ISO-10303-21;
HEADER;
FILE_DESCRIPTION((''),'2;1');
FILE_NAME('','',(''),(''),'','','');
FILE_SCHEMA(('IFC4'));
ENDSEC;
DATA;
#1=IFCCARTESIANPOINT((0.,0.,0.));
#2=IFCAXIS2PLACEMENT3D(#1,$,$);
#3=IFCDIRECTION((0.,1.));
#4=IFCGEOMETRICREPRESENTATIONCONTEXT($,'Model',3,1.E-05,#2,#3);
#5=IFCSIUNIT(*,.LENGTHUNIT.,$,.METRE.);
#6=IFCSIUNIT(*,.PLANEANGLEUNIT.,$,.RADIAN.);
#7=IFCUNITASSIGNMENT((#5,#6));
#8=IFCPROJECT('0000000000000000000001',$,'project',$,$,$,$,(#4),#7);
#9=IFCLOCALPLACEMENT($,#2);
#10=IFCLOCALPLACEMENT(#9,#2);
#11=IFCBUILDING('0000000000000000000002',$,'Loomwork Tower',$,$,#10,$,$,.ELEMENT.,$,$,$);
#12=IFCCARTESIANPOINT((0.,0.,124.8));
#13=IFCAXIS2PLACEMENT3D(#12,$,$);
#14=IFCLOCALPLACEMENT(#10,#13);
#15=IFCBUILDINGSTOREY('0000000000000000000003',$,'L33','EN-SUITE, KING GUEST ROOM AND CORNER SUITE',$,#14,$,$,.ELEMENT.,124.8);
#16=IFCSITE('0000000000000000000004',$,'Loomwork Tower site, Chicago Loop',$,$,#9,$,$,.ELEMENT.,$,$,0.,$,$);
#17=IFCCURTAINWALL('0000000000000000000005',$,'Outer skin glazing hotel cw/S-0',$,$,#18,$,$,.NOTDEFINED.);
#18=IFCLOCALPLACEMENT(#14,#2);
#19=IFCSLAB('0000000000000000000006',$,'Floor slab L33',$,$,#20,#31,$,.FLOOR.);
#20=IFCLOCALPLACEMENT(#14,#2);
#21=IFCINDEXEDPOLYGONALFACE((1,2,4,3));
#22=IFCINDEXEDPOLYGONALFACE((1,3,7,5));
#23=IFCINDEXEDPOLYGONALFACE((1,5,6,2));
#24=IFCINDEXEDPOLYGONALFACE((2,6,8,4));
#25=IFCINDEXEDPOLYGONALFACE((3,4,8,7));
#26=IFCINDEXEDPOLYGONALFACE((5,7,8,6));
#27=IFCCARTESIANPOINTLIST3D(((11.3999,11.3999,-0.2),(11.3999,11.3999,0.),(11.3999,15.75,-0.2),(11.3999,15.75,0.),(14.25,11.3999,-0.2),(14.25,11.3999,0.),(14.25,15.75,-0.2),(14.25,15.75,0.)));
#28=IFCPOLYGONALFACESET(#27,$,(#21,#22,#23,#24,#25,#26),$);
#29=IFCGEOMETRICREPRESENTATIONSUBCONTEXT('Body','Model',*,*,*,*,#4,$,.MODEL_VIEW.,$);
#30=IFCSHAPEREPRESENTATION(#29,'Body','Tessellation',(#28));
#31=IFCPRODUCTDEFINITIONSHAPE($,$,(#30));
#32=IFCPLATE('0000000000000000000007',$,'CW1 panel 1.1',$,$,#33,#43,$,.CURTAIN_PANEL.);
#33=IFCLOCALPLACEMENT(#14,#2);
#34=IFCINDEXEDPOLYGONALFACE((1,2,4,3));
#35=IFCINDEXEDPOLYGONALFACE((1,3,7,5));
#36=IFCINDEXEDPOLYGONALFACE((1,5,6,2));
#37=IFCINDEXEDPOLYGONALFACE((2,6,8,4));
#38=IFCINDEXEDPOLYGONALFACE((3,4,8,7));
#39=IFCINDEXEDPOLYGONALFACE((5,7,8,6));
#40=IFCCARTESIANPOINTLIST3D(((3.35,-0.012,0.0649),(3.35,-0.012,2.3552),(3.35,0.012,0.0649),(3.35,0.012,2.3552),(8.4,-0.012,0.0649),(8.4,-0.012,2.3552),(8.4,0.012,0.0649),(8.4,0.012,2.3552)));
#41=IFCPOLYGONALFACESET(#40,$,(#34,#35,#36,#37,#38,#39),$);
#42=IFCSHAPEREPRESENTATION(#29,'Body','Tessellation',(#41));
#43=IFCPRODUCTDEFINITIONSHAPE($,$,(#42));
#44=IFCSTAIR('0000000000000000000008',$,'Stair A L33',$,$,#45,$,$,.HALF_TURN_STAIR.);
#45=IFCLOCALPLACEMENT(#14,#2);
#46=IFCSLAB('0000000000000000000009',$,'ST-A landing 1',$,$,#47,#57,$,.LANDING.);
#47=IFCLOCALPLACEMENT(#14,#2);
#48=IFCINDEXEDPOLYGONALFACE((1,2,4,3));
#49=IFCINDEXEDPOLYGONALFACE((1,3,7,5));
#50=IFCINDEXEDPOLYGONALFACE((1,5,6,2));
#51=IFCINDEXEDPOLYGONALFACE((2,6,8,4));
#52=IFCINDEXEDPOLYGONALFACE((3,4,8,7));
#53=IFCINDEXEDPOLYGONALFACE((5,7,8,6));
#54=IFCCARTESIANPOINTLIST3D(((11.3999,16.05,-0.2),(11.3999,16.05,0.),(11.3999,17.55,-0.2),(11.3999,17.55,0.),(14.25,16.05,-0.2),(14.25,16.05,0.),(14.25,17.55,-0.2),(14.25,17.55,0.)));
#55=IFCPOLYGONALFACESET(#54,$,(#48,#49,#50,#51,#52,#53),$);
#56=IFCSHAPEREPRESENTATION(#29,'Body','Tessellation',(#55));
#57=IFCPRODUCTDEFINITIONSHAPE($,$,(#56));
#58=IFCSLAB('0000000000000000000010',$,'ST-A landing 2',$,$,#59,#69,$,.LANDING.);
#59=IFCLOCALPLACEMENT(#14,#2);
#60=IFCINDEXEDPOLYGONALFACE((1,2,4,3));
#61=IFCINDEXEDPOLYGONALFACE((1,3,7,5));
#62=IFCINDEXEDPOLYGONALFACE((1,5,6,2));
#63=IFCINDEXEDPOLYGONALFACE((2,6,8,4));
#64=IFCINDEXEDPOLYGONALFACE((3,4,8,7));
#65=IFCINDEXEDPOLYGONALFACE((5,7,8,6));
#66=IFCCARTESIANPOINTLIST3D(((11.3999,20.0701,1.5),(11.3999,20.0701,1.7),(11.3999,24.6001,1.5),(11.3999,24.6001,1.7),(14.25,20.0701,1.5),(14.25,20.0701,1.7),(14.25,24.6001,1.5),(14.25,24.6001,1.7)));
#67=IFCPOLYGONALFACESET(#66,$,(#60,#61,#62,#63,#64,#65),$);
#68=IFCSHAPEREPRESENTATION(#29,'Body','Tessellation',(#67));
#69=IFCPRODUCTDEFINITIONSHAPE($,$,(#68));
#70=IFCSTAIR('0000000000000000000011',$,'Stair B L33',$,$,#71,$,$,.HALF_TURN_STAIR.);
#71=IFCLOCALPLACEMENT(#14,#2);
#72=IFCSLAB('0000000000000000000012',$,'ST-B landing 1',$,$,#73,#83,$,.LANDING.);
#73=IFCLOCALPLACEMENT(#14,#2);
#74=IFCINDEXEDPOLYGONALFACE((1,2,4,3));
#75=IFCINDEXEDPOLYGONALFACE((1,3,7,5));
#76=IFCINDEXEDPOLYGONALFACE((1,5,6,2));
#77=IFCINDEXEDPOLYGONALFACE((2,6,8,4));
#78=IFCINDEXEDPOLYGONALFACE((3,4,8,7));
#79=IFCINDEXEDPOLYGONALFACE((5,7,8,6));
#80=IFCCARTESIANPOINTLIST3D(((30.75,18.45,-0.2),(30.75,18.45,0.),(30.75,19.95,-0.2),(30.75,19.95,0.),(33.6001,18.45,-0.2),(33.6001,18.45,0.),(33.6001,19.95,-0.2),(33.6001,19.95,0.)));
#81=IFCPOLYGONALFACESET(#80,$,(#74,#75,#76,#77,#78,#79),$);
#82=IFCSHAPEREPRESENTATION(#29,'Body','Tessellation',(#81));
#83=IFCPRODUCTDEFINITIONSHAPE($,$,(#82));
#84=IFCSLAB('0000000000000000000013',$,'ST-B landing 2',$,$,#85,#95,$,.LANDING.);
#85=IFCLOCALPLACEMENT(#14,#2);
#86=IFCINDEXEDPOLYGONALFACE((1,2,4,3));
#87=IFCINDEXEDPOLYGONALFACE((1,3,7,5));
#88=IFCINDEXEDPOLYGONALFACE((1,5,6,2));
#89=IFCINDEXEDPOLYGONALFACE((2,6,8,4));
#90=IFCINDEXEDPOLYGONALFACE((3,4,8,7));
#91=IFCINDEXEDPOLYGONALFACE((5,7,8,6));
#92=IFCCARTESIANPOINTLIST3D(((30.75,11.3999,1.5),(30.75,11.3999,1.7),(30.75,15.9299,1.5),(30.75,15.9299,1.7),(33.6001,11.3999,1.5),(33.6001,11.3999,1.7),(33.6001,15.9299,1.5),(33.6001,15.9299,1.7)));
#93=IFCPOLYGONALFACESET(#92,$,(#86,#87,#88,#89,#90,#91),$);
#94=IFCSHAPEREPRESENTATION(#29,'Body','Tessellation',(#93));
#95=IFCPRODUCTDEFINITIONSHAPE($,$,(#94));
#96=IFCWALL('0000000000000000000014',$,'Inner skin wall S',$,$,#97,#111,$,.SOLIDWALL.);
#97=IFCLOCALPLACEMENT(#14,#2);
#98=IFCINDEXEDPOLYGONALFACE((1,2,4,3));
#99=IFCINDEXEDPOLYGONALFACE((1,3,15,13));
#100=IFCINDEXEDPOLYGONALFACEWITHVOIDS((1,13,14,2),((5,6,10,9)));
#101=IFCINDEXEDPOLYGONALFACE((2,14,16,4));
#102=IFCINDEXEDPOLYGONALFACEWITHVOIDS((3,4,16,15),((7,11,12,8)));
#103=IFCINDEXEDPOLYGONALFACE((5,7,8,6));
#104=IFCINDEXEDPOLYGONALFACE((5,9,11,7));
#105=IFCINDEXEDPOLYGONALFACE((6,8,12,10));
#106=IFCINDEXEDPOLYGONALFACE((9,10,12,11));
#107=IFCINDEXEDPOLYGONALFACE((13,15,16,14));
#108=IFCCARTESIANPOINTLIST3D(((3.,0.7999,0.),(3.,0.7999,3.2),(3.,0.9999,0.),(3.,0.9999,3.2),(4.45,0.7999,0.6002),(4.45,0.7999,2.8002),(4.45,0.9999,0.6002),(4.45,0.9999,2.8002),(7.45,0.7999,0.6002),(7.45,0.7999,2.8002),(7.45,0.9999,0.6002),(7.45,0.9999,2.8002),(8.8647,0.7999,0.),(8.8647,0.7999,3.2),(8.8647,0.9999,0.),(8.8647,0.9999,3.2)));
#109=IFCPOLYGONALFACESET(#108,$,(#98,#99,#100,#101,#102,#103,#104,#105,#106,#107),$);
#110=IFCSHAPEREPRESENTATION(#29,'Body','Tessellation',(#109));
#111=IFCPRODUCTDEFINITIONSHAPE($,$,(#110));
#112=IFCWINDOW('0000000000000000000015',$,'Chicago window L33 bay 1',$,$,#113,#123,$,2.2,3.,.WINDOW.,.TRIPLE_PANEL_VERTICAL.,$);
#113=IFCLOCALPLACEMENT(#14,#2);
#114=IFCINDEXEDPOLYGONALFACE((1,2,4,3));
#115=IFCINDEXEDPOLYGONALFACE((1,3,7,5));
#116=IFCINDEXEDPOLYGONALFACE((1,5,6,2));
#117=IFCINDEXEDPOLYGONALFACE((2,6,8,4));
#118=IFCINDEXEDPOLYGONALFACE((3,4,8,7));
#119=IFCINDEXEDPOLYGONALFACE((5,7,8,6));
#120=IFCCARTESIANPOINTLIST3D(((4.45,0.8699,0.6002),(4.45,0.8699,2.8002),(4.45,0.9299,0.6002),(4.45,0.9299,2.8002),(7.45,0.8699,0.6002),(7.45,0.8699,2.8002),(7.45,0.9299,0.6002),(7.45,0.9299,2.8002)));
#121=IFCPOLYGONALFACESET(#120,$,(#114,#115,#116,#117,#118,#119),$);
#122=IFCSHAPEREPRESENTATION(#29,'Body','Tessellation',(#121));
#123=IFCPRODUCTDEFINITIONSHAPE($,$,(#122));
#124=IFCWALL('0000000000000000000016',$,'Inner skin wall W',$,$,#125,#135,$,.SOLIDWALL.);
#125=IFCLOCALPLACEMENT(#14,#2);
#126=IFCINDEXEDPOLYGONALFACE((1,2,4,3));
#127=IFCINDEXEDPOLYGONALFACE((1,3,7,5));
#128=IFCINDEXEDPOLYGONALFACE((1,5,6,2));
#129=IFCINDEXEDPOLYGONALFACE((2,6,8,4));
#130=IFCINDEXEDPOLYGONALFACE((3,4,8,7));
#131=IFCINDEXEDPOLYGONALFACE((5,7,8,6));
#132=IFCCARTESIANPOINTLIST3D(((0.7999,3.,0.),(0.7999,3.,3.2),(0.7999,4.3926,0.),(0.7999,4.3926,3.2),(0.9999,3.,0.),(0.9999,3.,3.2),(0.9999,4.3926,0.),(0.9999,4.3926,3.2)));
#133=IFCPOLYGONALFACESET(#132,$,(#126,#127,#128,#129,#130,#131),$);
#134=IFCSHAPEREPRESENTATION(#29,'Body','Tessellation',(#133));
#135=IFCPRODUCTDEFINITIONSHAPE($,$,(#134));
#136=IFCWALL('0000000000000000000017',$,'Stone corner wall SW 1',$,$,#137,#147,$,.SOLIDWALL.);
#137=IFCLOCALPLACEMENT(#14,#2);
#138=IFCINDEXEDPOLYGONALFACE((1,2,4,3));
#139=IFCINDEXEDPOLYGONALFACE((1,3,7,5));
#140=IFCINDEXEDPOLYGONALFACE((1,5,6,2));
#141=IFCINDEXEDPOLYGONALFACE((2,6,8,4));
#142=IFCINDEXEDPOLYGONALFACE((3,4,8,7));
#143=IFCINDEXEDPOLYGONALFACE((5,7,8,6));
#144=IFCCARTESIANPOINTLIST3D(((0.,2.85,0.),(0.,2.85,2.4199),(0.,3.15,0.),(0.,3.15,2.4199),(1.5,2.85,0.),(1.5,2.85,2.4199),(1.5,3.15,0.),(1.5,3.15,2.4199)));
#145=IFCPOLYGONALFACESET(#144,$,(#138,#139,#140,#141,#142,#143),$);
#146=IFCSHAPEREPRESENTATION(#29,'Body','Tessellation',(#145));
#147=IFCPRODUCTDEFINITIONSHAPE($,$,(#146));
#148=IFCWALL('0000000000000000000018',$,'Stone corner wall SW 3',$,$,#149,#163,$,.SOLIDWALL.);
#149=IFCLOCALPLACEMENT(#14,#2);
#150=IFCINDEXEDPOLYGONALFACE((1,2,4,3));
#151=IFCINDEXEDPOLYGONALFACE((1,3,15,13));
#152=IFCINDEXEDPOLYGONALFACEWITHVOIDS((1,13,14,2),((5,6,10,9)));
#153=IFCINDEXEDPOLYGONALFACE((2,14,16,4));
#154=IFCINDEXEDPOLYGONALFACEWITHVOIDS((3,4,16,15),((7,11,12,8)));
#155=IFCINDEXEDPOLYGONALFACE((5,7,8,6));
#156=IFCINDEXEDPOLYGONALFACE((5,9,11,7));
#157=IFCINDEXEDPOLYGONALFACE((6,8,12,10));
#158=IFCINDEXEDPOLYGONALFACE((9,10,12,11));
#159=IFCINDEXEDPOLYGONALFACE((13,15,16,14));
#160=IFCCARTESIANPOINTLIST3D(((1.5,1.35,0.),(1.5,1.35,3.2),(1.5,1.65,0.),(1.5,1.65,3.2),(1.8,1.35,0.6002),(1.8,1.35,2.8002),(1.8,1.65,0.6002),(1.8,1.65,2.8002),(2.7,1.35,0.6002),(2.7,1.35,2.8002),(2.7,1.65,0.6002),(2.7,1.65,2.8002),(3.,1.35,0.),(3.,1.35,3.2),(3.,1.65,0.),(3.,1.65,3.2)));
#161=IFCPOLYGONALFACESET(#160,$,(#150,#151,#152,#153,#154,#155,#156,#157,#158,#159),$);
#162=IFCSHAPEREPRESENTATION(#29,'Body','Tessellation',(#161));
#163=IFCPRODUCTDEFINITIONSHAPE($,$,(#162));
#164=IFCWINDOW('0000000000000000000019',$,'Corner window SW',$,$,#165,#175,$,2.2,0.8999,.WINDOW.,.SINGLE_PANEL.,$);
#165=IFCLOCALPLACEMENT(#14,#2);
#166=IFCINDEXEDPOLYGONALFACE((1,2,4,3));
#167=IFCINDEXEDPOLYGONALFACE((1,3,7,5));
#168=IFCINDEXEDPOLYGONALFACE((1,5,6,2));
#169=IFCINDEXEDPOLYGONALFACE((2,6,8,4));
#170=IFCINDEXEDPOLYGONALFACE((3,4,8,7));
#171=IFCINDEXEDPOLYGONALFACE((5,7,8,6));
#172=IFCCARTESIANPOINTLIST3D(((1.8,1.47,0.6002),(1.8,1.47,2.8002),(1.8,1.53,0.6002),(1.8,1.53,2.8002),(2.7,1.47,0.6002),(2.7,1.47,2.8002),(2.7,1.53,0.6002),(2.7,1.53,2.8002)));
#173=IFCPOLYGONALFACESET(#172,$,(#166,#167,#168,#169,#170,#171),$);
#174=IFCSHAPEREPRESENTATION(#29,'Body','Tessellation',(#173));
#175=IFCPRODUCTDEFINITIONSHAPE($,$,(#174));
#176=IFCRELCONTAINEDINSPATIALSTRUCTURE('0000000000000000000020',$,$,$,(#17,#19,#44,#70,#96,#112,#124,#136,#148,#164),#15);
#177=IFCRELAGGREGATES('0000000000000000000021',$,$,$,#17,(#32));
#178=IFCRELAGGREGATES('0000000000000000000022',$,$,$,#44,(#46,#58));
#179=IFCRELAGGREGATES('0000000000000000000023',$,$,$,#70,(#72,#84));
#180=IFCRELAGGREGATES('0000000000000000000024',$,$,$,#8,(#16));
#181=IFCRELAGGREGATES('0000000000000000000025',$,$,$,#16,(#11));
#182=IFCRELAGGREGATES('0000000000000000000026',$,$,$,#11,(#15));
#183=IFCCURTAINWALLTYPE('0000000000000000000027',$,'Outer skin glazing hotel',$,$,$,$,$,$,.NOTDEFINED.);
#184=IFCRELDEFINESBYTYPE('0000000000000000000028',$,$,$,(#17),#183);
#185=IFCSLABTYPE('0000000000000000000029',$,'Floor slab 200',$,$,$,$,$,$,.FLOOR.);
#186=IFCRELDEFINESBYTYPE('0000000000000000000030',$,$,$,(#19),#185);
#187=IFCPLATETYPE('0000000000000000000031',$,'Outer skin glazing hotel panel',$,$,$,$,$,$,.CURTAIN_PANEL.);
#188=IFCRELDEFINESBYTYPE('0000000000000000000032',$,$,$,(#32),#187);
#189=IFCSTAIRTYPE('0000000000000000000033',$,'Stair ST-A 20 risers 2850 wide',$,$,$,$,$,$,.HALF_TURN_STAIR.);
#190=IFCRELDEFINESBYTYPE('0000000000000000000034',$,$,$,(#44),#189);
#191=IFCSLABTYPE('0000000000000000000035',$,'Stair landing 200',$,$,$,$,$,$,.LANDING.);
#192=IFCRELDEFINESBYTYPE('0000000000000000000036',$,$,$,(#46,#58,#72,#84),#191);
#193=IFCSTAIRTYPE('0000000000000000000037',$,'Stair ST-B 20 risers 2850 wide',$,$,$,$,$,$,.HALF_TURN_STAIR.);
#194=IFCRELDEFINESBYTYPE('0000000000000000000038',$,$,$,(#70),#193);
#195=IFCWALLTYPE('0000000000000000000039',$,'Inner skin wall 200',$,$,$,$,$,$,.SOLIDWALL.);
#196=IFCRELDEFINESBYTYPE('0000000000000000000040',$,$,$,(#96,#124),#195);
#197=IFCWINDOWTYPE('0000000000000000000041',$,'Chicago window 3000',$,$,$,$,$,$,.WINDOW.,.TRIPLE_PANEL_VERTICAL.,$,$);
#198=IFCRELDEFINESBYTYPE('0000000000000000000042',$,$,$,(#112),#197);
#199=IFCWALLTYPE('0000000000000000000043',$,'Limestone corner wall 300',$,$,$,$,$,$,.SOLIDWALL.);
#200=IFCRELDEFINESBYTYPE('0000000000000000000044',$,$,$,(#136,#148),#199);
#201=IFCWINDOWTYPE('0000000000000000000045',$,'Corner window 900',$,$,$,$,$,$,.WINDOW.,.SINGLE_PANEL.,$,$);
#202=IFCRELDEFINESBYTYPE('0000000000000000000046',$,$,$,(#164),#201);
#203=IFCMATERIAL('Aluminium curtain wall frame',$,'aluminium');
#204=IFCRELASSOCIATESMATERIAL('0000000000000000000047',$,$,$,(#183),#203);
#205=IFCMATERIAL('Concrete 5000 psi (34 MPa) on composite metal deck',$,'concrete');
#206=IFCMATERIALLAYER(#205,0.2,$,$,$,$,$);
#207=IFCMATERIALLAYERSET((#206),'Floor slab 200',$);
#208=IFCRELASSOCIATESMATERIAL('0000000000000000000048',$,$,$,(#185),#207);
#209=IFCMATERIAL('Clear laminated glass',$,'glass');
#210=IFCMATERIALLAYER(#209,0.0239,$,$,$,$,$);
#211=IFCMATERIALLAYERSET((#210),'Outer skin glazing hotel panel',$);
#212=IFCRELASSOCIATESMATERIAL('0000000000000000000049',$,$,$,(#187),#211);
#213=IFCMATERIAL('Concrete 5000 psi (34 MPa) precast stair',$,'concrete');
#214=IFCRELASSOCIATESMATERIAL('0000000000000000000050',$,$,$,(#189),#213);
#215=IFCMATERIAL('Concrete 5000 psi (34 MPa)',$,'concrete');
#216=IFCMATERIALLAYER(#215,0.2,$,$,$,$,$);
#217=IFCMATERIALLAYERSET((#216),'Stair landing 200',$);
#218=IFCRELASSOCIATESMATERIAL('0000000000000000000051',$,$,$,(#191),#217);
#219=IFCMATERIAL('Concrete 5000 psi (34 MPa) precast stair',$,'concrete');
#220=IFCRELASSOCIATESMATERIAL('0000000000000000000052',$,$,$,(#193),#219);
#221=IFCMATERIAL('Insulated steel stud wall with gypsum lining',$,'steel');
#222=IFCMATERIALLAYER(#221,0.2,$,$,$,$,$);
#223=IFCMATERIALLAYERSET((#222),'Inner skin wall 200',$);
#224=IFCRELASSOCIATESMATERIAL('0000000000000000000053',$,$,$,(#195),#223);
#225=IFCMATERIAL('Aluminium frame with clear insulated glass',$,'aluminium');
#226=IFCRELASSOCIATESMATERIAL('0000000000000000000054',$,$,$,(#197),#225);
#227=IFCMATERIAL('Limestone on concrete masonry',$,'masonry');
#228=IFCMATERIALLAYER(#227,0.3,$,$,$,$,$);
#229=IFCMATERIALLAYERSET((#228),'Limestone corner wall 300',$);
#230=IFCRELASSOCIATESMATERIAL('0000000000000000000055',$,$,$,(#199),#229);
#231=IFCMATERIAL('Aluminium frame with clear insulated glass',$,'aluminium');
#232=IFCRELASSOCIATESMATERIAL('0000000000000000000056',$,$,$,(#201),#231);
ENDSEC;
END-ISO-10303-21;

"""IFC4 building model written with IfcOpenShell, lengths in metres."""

from ifc_helpers import new_model, si_unit, direction, frame, frame_2d, origin, origin_2d, place, context, subcontext, project, spatial, polyline, rectangle, outline, extrude, material, layer, layer_set, type_object, element, fill, aggregate, save


model = new_model("IFC4")

# Units and contexts
model_context = context("Model", 3, precision=1e-05, world=origin(), true_north=direction((0.0, 1.0)))
body_context = subcontext(model_context, "Body", "Model", "MODEL_VIEW")
ifc_project = project(units=[si_unit("LENGTHUNIT", "METRE"), si_unit("PLANEANGLEUNIT", "RADIAN")], contexts=[model_context])

# Site, building, storey
site_placement = place(None, origin())
site = spatial("IfcSite", under=ifc_project, at=site_placement, Name="Loomwork Tower site, Chicago Loop", CompositionType="ELEMENT", RefElevation=0.0)
building_placement = place(site_placement, origin())
building = spatial("IfcBuilding", under=site, at=building_placement, Name="Loomwork Tower", CompositionType="ELEMENT")
storey_placement = place(building_placement, frame((0.0, 0.0, 124.8)))
storey = spatial("IfcBuildingStorey", under=building, at=storey_placement, Name="L33", Description="EN-SUITE, KING GUEST ROOM AND CORNER SUITE", CompositionType="ELEMENT", Elevation=124.8)

# Curtain wall
ifc_material_1 = material(Name="Aluminium curtain wall frame", Category="aluminium")
curtain_wall_type = type_object("IfcCurtainWallType", Name="Outer skin glazing hotel", PredefinedType="NOTDEFINED", material=ifc_material_1)
curtain_wall_placement = place(storey_placement, origin())
curtain_wall = element("IfcCurtainWall", 1, at=curtain_wall_placement, inside=storey, type_object=curtain_wall_type, Name="Outer skin glazing hotel cw/S-0", PredefinedType="NOTDEFINED")

# Slab
ifc_material_2 = material(Name="Concrete 5000 psi (34 MPa) on composite metal deck", Category="concrete")
ifc_layer_1 = layer(ifc_material_2, 0.2)
ifc_layer_set_1 = layer_set([ifc_layer_1], Name="Floor slab 200")
slab_type_1 = type_object("IfcSlabType", Name="Floor slab 200", PredefinedType="FLOOR", material=ifc_layer_set_1)
slab_1_placement = place(storey_placement, frame((0.0, 0.0, -0.2)))
element("IfcSlab", 2, at=slab_1_placement, inside=storey, type_object=slab_type_1, Name="Floor slab L33", PredefinedType="FLOOR", context=body_context, shape_type="SweptSolid", body=[
    extrude(outline(polyline([(14.25, 15.75), (14.25, 11.3999), (11.3999, 11.3999), (11.3999, 15.75), (14.25, 15.75)])), origin(), (0.0, 0.0, 1.0), 0.2),
])

# Plate
ifc_material_3 = material(Name="Clear laminated glass", Category="glass")
ifc_layer_2 = layer(ifc_material_3, 0.0239)
ifc_layer_set_2 = layer_set([ifc_layer_2], Name="Outer skin glazing hotel panel")
plate_type = type_object("IfcPlateType", Name="Outer skin glazing hotel panel", PredefinedType="CURTAIN_PANEL", material=ifc_layer_set_2)
plate_placement = place(storey_placement, frame((5.875, 0.0, 0.0649), z_axis=(0.0, 0.0, 1.0), x_axis=(1.0, 0.0, 0.0)))
plate = element("IfcPlate", 3, at=plate_placement, type_object=plate_type, Name="CW1 panel 1.1", PredefinedType="CURTAIN_PANEL", context=body_context, shape_type="SweptSolid", body=[
    extrude(rectangle(XDim=5.05, YDim=0.0239, at=origin_2d()), origin(), (0.0, 0.0, 1.0), 2.2903),
])
aggregate(curtain_wall, [plate])

# Stairs, slabs
ifc_material_4 = material(Name="Concrete 5000 psi (34 MPa) precast stair", Category="concrete")
stair_type_1 = type_object("IfcStairType", Name="Stair ST-A 20 risers 2850 wide", PredefinedType="HALF_TURN_STAIR", material=ifc_material_4)
stair_1_placement = place(storey_placement, origin())
stair_1 = element("IfcStair", 4, at=stair_1_placement, inside=storey, type_object=stair_type_1, Name="Stair A L33", PredefinedType="HALF_TURN_STAIR")
ifc_material_5 = material(Name="Concrete 5000 psi (34 MPa)", Category="concrete")
ifc_layer_3 = layer(ifc_material_5, 0.2)
ifc_layer_set_3 = layer_set([ifc_layer_3], Name="Stair landing 200")
slab_type_2 = type_object("IfcSlabType", Name="Stair landing 200", PredefinedType="LANDING", material=ifc_layer_set_3)
slab_2_placement = place(storey_placement, frame((0.0, 0.0, -0.2)))
slab_2 = element("IfcSlab", 5, at=slab_2_placement, type_object=slab_type_2, Name="ST-A landing 1", PredefinedType="LANDING", context=body_context, shape_type="SweptSolid", body=[
    extrude(outline(polyline([(11.3999, 16.05), (14.25, 16.05), (14.25, 17.55), (11.3999, 17.55), (11.3999, 16.05)])), origin(), (0.0, 0.0, 1.0), 0.2),
])
slab_3_placement = place(storey_placement, frame((0.0, 0.0, 1.5)))
slab_3 = element("IfcSlab", 6, at=slab_3_placement, type_object=slab_type_2, Name="ST-A landing 2", PredefinedType="LANDING", context=body_context, shape_type="SweptSolid", body=[
    extrude(outline(polyline([(11.3999, 20.0701), (14.25, 20.0701), (14.25, 24.6001), (11.3999, 24.6001), (11.3999, 20.0701)])), origin(), (0.0, 0.0, 1.0), 0.2),
])
aggregate(stair_1, [slab_2, slab_3])
ifc_material_6 = material(Name="Concrete 5000 psi (34 MPa) precast stair", Category="concrete")
stair_type_2 = type_object("IfcStairType", Name="Stair ST-B 20 risers 2850 wide", PredefinedType="HALF_TURN_STAIR", material=ifc_material_6)
stair_2_placement = place(storey_placement, origin())
stair_2 = element("IfcStair", 7, at=stair_2_placement, inside=storey, type_object=stair_type_2, Name="Stair B L33", PredefinedType="HALF_TURN_STAIR")
slab_4_placement = place(storey_placement, frame((0.0, 0.0, -0.2)))
slab_4 = element("IfcSlab", 8, at=slab_4_placement, type_object=slab_type_2, Name="ST-B landing 1", PredefinedType="LANDING", context=body_context, shape_type="SweptSolid", body=[
    extrude(outline(polyline([(30.75, 18.45), (33.6001, 18.45), (33.6001, 19.95), (30.75, 19.95), (30.75, 18.45)])), origin(), (0.0, 0.0, 1.0), 0.2),
])
slab_5_placement = place(storey_placement, frame((0.0, 0.0, 1.5)))
slab_5 = element("IfcSlab", 9, at=slab_5_placement, type_object=slab_type_2, Name="ST-B landing 2", PredefinedType="LANDING", context=body_context, shape_type="SweptSolid", body=[
    extrude(outline(polyline([(30.75, 11.3999), (33.6001, 11.3999), (33.6001, 15.9299), (30.75, 15.9299), (30.75, 11.3999)])), origin(), (0.0, 0.0, 1.0), 0.2),
])
aggregate(stair_2, [slab_4, slab_5])

# Wall, opening, window
ifc_material_7 = material(Name="Insulated steel stud wall with gypsum lining", Category="steel")
ifc_layer_4 = layer(ifc_material_7, 0.2)
ifc_layer_set_4 = layer_set([ifc_layer_4], Name="Inner skin wall 200")
wall_type_1 = type_object("IfcWallType", Name="Inner skin wall 200", PredefinedType="SOLIDWALL", material=ifc_layer_set_4)
wall_1_placement = place(storey_placement, frame((3.0, 0.8999, 0.0), z_axis=(0.0, 0.0, 1.0), x_axis=(1.0, 0.0, 0.0)))
wall_1 = element("IfcWall", 10, at=wall_1_placement, inside=storey, type_object=wall_type_1, Name="Inner skin wall S", PredefinedType="SOLIDWALL", context=body_context, shape_type="SweptSolid", body=[
    extrude(rectangle(XDim=5.8647, YDim=0.2, at=frame_2d((2.9324, 0.0))), origin(), (0.0, 0.0, 1.0), 3.2),
])
opening_1_placement = place(wall_1_placement, frame((1.45, 0.0, 0.6001)))
opening_1 = element("IfcOpeningElement", 11, at=opening_1_placement, cuts=wall_1, PredefinedType="OPENING", context=body_context, shape_type="SweptSolid", body=[
    extrude(rectangle(XDim=3.0, YDim=2.2, at=frame_2d((1.5, 1.1001))), frame((0.0, 0.1099, 0.0), z_axis=(0.0, -1.0, 0.0), x_axis=(1.0, 0.0, 0.0)), (0.0, 0.0, 1.0), 0.22),
])
ifc_material_8 = material(Name="Aluminium frame with clear insulated glass", Category="aluminium")
window_type_1 = type_object("IfcWindowType", Name="Chicago window 3000", PartitioningType="TRIPLE_PANEL_VERTICAL", PredefinedType="WINDOW", material=ifc_material_8)
window_1_placement = place(opening_1_placement, origin())
window_1 = element("IfcWindow", 12, at=window_1_placement, inside=storey, type_object=window_type_1, Name="Chicago window L33 bay 1", OverallHeight=2.2, OverallWidth=3.0, PartitioningType="TRIPLE_PANEL_VERTICAL", PredefinedType="WINDOW", context=body_context, shape_type="SweptSolid", body=[
    extrude(rectangle(XDim=3.0, YDim=2.2, at=frame_2d((1.5, 1.1001))), frame((0.0, 0.03, 0.0), z_axis=(0.0, -1.0, 0.0), x_axis=(1.0, 0.0, 0.0)), (0.0, 0.0, 1.0), 0.0601),
])
fill(opening_1, window_1)

# Walls
wall_2_placement = place(storey_placement, frame((0.8999, 3.0, 0.0), z_axis=(0.0, 0.0, 1.0), x_axis=(0.0, 1.0, 0.0)))
element("IfcWall", 13, at=wall_2_placement, inside=storey, type_object=wall_type_1, Name="Inner skin wall W", PredefinedType="SOLIDWALL", context=body_context, shape_type="SweptSolid", body=[
    extrude(rectangle(XDim=1.3926, YDim=0.2, at=frame_2d((0.6963, 0.0))), origin(), (0.0, 0.0, 1.0), 3.2),
])
ifc_material_9 = material(Name="Limestone on concrete masonry", Category="masonry")
ifc_layer_5 = layer(ifc_material_9, 0.3)
ifc_layer_set_5 = layer_set([ifc_layer_5], Name="Limestone corner wall 300")
wall_type_2 = type_object("IfcWallType", Name="Limestone corner wall 300", PredefinedType="SOLIDWALL", material=ifc_layer_set_5)
wall_3_placement = place(storey_placement, frame((0.0, 3.0, 0.0), z_axis=(0.0, 0.0, 1.0), x_axis=(1.0, 0.0, 0.0)))
element("IfcWall", 14, at=wall_3_placement, inside=storey, type_object=wall_type_2, Name="Stone corner wall SW 1", PredefinedType="SOLIDWALL", context=body_context, shape_type="SweptSolid", body=[
    extrude(rectangle(XDim=1.5, YDim=0.3, at=frame_2d((0.75, 0.0))), origin(), (0.0, 0.0, 1.0), 2.4199),
])

# Wall, opening, window
wall_4_placement = place(storey_placement, frame((1.5, 1.5, 0.0), z_axis=(0.0, 0.0, 1.0), x_axis=(1.0, 0.0, 0.0)))
wall_4 = element("IfcWall", 15, at=wall_4_placement, inside=storey, type_object=wall_type_2, Name="Stone corner wall SW 3", PredefinedType="SOLIDWALL", context=body_context, shape_type="SweptSolid", body=[
    extrude(rectangle(XDim=1.5, YDim=0.3, at=frame_2d((0.75, 0.0))), origin(), (0.0, 0.0, 1.0), 3.2),
])
opening_2_placement = place(wall_4_placement, frame((0.3, 0.0, 0.6001)))
opening_2 = element("IfcOpeningElement", 16, at=opening_2_placement, cuts=wall_4, PredefinedType="OPENING", context=body_context, shape_type="SweptSolid", body=[
    extrude(rectangle(XDim=0.8999, YDim=2.2, at=frame_2d((0.45, 1.1001))), frame((0.0, 0.1599, 0.0), z_axis=(0.0, -1.0, 0.0), x_axis=(1.0, 0.0, 0.0)), (0.0, 0.0, 1.0), 0.3201),
])
ifc_material_10 = material(Name="Aluminium frame with clear insulated glass", Category="aluminium")
window_type_2 = type_object("IfcWindowType", Name="Corner window 900", PartitioningType="SINGLE_PANEL", PredefinedType="WINDOW", material=ifc_material_10)
window_2_placement = place(opening_2_placement, origin())
window_2 = element("IfcWindow", 17, at=window_2_placement, inside=storey, type_object=window_type_2, Name="Corner window SW", OverallHeight=2.2, OverallWidth=0.8999, PartitioningType="SINGLE_PANEL", PredefinedType="WINDOW", context=body_context, shape_type="SweptSolid", body=[
    extrude(rectangle(XDim=0.8999, YDim=2.2, at=frame_2d((0.45, 1.1001))), frame((0.0, 0.03, 0.0), z_axis=(0.0, -1.0, 0.0), x_axis=(1.0, 0.0, 0.0)), (0.0, 0.0, 1.0), 0.0601),
])
fill(opening_2, window_2)

save(model, "model.ifc")
